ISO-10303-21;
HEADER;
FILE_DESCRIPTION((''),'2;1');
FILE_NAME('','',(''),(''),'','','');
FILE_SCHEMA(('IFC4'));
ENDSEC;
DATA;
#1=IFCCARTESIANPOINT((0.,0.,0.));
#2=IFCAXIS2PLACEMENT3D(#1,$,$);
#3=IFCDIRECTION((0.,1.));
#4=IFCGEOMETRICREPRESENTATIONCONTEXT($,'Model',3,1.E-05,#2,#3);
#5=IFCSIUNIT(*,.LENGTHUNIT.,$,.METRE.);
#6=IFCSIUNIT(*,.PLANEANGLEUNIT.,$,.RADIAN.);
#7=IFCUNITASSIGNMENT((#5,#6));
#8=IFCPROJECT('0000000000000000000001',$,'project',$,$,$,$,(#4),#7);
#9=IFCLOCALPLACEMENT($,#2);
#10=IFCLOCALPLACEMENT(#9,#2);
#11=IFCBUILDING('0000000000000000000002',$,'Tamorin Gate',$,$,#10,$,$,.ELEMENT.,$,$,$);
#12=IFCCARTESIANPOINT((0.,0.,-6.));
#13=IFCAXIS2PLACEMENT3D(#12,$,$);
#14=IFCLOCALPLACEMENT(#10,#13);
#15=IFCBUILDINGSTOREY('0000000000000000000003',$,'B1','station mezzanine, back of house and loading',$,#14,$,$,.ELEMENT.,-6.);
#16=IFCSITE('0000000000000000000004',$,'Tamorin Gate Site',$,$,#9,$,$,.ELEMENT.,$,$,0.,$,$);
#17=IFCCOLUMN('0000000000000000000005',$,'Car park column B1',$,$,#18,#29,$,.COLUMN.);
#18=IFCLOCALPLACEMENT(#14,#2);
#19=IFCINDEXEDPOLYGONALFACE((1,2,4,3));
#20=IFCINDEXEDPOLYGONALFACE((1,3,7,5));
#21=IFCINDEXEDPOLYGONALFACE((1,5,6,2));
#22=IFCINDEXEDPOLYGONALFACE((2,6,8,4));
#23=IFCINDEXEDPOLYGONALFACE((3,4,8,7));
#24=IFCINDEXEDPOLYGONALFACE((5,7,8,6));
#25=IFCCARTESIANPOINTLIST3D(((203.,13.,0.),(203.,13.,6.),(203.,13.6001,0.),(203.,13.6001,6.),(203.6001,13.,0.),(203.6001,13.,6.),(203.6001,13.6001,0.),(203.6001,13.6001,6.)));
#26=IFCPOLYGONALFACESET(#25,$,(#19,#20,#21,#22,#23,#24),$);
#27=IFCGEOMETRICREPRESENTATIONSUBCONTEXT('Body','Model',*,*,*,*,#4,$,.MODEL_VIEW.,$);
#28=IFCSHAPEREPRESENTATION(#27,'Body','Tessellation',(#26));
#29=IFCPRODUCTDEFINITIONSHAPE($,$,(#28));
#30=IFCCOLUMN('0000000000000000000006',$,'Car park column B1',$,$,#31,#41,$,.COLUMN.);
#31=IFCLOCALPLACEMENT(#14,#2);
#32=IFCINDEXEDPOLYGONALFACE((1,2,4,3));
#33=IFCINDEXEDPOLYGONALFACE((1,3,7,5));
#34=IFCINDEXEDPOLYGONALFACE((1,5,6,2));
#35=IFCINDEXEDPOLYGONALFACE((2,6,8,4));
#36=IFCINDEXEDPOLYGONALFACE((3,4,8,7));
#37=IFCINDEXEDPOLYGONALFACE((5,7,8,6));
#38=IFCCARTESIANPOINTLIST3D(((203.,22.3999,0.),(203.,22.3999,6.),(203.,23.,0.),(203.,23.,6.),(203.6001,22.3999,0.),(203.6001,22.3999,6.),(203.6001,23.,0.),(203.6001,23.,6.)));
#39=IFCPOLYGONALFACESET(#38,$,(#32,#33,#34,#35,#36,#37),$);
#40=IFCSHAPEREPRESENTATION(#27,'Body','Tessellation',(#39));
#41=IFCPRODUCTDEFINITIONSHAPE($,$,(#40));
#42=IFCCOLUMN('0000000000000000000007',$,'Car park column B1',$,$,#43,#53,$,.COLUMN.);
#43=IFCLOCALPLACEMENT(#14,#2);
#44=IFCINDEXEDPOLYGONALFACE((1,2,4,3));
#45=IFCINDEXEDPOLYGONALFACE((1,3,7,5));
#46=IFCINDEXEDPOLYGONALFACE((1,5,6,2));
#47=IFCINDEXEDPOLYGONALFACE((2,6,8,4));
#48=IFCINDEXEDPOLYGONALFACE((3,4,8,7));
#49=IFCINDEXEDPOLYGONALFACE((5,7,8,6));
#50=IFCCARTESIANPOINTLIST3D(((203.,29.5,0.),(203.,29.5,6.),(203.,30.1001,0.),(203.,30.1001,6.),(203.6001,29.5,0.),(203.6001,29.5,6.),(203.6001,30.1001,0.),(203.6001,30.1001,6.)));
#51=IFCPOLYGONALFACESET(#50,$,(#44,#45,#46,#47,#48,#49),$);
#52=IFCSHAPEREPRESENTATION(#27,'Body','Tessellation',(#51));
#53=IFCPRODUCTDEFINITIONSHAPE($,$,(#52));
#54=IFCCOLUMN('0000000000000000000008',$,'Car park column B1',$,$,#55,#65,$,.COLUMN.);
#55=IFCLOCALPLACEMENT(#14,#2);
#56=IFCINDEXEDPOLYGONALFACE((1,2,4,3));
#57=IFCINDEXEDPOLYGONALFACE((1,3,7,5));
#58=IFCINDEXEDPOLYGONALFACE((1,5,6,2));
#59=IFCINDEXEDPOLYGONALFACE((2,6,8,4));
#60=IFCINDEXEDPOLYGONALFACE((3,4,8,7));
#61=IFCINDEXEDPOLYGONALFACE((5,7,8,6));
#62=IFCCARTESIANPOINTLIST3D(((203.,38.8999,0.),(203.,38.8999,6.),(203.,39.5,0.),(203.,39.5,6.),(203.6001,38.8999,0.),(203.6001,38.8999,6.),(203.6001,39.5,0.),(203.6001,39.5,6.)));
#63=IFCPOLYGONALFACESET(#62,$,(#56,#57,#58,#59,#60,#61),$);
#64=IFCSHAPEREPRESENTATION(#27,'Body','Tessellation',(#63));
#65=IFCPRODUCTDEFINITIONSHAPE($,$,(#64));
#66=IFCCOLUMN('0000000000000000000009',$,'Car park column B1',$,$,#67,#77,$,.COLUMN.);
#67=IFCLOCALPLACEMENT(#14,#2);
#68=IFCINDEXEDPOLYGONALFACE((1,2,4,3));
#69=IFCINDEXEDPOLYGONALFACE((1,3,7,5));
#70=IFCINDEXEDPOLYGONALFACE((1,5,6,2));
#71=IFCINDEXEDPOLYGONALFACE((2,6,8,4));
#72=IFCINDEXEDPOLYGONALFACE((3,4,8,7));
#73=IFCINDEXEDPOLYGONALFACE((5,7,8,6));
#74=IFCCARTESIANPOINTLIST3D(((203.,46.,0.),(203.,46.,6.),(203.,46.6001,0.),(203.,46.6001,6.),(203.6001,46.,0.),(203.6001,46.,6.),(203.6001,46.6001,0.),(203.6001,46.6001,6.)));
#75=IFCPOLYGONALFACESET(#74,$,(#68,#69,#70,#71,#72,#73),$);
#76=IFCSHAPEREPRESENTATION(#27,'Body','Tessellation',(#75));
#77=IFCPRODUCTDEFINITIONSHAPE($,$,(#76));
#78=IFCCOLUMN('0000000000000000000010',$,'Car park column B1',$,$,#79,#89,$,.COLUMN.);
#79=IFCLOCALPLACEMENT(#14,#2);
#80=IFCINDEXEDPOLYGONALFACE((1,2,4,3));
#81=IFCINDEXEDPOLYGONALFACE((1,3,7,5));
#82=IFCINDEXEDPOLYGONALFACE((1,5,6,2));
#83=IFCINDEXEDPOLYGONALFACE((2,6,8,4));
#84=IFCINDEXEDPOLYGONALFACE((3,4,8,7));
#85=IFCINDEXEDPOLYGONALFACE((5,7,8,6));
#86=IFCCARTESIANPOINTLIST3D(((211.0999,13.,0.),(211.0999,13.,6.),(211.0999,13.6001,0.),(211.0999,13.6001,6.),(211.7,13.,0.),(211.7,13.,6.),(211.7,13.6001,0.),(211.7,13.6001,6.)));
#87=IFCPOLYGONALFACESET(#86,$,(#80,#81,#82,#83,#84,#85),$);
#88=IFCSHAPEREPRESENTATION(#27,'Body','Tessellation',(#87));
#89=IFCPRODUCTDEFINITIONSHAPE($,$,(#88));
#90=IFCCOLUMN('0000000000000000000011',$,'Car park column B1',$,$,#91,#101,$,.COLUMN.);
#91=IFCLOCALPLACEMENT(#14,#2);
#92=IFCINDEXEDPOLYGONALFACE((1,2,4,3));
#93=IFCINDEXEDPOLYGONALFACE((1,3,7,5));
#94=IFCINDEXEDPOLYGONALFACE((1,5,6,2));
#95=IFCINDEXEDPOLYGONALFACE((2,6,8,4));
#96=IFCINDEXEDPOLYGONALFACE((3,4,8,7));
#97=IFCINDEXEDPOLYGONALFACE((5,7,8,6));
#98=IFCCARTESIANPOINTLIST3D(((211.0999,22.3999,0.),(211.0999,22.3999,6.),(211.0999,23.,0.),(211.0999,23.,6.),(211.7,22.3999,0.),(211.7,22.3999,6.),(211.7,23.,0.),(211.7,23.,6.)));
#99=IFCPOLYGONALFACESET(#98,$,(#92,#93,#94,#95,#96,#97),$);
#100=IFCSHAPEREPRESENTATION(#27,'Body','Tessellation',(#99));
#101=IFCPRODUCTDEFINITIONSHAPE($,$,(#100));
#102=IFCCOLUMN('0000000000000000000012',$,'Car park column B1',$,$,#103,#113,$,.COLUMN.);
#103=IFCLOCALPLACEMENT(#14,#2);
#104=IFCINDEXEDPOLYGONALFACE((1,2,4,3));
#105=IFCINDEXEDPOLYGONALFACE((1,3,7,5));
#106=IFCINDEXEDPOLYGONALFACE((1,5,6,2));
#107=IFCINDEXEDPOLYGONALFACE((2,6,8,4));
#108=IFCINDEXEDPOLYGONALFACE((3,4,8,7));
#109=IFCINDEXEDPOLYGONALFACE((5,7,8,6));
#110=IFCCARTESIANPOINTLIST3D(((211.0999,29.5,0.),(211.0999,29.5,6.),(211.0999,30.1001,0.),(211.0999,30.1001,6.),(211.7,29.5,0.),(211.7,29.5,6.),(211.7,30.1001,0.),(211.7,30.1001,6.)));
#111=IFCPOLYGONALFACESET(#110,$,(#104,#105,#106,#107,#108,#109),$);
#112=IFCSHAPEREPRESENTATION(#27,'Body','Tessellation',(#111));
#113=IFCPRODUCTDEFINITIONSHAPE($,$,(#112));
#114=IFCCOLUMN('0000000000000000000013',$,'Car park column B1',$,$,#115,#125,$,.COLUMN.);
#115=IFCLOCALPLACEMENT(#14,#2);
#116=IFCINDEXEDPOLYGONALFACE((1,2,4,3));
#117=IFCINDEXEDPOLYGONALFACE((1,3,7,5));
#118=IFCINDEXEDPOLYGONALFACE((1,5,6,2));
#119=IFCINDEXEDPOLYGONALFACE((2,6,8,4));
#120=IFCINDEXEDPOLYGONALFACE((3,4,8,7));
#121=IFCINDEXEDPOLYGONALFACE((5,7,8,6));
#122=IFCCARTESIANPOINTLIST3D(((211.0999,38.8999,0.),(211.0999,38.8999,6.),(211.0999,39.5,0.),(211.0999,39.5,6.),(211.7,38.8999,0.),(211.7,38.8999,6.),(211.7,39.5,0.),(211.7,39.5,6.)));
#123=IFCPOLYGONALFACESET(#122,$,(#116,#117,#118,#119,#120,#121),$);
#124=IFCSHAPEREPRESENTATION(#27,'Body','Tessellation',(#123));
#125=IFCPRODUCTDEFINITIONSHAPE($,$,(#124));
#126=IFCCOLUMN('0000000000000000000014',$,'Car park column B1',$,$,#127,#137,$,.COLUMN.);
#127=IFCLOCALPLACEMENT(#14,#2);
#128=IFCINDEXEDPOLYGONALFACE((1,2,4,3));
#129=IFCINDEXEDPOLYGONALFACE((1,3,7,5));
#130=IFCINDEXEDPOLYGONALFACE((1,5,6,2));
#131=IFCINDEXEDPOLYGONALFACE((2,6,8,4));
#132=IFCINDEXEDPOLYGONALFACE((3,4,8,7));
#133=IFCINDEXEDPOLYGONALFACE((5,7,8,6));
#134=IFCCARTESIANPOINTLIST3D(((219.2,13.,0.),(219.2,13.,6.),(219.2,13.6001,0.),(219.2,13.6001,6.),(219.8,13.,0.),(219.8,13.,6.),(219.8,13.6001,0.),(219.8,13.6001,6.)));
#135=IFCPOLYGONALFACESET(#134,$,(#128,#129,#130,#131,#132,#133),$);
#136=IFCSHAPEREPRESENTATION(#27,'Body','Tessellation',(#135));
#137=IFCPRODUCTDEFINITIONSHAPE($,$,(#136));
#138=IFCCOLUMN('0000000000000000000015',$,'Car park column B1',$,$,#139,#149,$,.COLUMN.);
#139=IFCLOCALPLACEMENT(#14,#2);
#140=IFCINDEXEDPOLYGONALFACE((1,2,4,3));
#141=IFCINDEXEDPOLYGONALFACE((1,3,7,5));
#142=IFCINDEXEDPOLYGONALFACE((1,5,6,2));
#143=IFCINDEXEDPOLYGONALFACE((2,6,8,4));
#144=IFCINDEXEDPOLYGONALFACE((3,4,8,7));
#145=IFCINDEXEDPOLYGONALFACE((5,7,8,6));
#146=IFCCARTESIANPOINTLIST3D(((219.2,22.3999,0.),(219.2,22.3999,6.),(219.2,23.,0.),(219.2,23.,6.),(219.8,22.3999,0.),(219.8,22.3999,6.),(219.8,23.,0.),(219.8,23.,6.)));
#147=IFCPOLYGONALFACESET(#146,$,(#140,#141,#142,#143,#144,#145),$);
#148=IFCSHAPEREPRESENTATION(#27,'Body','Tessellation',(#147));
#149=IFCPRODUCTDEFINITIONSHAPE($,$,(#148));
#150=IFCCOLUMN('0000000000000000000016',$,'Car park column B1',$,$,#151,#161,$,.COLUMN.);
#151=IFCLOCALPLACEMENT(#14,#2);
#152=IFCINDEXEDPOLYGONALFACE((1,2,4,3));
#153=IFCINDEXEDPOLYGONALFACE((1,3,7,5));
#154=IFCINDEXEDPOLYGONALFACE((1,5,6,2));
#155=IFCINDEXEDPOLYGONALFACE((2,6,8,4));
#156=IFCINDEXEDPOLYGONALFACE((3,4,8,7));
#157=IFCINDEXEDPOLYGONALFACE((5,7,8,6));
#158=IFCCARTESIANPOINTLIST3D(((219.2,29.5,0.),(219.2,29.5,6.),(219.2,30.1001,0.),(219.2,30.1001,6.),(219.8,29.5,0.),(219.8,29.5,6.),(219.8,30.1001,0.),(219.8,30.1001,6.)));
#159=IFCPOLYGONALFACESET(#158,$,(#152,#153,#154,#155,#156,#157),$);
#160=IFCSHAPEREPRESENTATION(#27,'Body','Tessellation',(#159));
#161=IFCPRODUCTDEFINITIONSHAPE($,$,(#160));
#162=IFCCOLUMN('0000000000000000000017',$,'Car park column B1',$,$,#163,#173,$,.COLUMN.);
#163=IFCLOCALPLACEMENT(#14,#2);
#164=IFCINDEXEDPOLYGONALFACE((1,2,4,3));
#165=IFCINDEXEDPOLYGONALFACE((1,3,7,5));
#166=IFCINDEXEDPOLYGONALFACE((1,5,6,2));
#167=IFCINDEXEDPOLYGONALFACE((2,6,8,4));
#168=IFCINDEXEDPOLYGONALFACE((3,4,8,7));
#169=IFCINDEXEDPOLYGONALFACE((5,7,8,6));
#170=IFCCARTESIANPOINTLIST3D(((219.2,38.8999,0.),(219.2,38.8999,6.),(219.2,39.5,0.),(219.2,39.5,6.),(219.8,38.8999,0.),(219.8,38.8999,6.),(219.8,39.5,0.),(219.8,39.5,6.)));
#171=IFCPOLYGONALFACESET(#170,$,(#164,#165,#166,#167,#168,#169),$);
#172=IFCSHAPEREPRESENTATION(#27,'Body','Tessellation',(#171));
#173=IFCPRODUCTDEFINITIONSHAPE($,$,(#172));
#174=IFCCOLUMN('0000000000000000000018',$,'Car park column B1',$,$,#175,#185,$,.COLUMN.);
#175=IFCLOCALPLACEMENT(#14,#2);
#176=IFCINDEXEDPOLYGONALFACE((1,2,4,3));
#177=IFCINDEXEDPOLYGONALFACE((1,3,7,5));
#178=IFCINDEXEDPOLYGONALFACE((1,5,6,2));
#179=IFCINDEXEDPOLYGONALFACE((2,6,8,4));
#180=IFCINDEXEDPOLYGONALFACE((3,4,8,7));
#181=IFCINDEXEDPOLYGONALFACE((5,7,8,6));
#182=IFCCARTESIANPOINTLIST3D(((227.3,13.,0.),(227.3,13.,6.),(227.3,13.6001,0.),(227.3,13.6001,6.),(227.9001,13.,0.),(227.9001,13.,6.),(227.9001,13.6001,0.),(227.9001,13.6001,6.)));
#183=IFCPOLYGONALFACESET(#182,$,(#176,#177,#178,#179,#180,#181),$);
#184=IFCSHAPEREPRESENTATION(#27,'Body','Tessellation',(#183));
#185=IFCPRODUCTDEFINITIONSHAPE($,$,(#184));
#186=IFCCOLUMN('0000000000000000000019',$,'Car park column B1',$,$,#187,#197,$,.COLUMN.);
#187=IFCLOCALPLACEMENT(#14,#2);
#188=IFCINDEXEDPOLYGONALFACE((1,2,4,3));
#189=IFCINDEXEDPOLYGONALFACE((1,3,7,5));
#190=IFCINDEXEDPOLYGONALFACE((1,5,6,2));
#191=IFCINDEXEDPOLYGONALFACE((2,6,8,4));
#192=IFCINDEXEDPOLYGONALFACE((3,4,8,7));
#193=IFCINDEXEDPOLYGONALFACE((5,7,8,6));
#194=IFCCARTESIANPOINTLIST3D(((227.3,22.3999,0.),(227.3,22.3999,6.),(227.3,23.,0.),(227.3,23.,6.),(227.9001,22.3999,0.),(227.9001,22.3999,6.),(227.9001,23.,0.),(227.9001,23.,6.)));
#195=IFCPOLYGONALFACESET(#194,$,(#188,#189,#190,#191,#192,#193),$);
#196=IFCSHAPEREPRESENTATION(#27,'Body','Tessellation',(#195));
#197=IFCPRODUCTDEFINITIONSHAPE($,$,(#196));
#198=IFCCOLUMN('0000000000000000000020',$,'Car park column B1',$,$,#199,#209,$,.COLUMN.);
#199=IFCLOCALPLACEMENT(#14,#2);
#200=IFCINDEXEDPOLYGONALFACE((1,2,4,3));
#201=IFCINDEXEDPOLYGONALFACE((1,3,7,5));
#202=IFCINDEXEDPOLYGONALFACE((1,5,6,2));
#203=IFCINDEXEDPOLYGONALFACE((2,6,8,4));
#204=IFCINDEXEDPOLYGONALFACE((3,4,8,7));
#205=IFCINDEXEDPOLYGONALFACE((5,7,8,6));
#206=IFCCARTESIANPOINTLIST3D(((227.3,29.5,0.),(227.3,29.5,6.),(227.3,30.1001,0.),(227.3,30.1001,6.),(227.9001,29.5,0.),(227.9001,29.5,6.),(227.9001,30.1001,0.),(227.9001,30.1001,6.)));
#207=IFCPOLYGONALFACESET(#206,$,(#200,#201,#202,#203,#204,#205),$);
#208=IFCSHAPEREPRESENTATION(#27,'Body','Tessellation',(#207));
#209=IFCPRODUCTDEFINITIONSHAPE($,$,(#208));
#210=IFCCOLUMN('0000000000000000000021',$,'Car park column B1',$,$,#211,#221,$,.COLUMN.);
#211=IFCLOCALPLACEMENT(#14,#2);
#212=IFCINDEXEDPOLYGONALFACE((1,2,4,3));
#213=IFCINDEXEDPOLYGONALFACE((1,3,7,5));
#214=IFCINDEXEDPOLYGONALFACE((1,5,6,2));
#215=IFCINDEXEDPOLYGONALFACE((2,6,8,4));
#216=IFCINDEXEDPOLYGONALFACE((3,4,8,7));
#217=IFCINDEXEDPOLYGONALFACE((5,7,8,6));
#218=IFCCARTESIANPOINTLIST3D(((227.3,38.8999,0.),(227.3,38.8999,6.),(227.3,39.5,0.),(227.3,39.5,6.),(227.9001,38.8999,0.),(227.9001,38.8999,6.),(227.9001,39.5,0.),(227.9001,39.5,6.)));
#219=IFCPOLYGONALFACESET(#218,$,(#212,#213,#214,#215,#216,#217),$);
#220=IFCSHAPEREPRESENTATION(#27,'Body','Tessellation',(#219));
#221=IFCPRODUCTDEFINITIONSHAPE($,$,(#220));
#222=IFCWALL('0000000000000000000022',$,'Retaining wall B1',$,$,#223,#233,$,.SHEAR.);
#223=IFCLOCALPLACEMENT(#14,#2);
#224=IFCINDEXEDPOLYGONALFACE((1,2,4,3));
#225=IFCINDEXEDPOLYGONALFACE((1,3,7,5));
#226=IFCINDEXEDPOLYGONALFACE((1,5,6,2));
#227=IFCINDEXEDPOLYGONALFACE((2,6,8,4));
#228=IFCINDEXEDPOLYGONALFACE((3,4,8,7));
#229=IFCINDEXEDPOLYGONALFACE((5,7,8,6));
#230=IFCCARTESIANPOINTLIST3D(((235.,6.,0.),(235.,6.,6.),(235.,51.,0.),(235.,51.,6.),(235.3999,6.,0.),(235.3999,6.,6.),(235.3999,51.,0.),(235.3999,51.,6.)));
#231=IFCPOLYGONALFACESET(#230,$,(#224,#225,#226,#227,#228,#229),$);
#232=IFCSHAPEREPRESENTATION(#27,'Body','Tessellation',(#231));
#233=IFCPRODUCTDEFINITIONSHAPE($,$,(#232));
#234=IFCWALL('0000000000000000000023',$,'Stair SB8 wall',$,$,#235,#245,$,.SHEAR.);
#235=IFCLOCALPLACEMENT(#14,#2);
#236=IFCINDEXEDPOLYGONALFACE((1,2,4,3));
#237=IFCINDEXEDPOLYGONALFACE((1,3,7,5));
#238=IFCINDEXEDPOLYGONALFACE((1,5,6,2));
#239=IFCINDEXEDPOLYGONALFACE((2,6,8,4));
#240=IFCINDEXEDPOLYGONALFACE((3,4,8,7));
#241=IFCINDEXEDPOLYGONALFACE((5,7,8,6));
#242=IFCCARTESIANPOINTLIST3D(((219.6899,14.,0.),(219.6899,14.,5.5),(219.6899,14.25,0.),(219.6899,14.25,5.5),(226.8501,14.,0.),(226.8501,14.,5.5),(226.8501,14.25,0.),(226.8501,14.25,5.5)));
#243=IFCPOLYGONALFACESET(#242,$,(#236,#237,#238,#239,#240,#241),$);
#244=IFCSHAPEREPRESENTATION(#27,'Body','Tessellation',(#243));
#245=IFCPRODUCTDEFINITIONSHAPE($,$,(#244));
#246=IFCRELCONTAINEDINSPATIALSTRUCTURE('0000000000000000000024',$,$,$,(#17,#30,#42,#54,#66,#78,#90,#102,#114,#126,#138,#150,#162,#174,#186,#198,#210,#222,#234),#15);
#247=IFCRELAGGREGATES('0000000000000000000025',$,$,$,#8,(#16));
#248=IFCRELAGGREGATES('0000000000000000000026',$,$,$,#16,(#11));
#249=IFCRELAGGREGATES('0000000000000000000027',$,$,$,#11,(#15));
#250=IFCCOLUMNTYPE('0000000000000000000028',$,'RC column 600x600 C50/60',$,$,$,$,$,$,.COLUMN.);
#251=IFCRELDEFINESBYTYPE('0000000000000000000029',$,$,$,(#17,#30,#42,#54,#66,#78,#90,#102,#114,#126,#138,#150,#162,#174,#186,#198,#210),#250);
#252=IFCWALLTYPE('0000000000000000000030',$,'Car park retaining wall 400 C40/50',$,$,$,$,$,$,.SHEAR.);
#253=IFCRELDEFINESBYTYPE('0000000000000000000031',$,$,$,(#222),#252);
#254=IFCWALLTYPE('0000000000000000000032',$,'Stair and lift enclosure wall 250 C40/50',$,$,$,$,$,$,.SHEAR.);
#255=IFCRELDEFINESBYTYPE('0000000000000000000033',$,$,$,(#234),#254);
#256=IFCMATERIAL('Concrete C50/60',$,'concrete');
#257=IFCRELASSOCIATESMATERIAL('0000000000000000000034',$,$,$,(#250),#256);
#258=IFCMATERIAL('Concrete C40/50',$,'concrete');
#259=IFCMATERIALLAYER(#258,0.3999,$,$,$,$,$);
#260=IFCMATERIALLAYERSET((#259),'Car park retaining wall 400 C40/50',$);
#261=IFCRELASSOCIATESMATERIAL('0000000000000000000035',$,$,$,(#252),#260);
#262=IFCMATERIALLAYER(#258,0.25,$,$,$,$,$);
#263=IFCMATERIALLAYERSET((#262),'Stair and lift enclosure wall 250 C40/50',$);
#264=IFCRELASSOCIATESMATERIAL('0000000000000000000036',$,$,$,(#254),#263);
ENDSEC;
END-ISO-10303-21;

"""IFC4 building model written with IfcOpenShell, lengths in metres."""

from ifc_helpers import new_model, si_unit, direction, frame, frame_2d, origin, origin_2d, place, context, subcontext, project, spatial, rectangle, extrude, material, layer, layer_set, material_profile, profile_set, type_object, element, save


model = new_model("IFC4")

# Units and contexts
model_context = context("Model", 3, precision=1e-05, world=origin(), true_north=direction((0.0, 1.0)))
body_context = subcontext(model_context, "Body", "Model", "MODEL_VIEW")
ifc_project = project(units=[si_unit("LENGTHUNIT", "METRE"), si_unit("PLANEANGLEUNIT", "RADIAN")], contexts=[model_context])

# Site, building, storey
site_placement = place(None, origin())
site = spatial("IfcSite", under=ifc_project, at=site_placement, Name="Tamorin Gate Site", CompositionType="ELEMENT", RefElevation=0.0)
building_placement = place(site_placement, origin())
building = spatial("IfcBuilding", under=site, at=building_placement, Name="Tamorin Gate", CompositionType="ELEMENT")
storey_placement = place(building_placement, frame((0.0, 0.0, -6.0)))
storey = spatial("IfcBuildingStorey", under=building, at=storey_placement, Name="B1", Description="station mezzanine, back of house and loading", CompositionType="ELEMENT", Elevation=-6.0)

# Columns
ifc_material_1 = material(Name="Concrete C50/60", Category="concrete")
ifc_material_profile = material_profile(ifc_material_1, rectangle(XDim=0.6001, YDim=0.6001, at=origin_2d()))
ifc_profile_set = profile_set([ifc_material_profile], Name="Concrete C50/60")
column_type = type_object("IfcColumnType", Name="RC column 600x600 C50/60", PredefinedType="COLUMN", material=ifc_profile_set)
for number, where, z_axis, x_axis, name in (
    (1, (203.3, 13.3, 0.0), (0.0, 0.0, 1.0), (1.0, 0.0, 0.0), "Car park column B1"),
    (2, (203.3, 22.7, 0.0), (0.0, 0.0, 1.0), (1.0, 0.0, 0.0), "Car park column B1"),
    (3, (203.3, 29.8, 0.0), (0.0, 0.0, 1.0), (1.0, 0.0, 0.0), "Car park column B1"),
    (4, (203.3, 39.2, 0.0), (0.0, 0.0, 1.0), (1.0, 0.0, 0.0), "Car park column B1"),
    (5, (203.3, 46.3, 0.0), (0.0, 0.0, 1.0), (1.0, 0.0, 0.0), "Car park column B1"),
    (6, (211.3999, 13.3, 0.0), (0.0, 0.0, 1.0), (1.0, 0.0, 0.0), "Car park column B1"),
    (7, (211.3999, 22.7, 0.0), (0.0, 0.0, 1.0), (1.0, 0.0, 0.0), "Car park column B1"),
    (8, (211.3999, 29.8, 0.0), (0.0, 0.0, 1.0), (1.0, 0.0, 0.0), "Car park column B1"),
    (9, (211.3999, 39.2, 0.0), (0.0, 0.0, 1.0), (1.0, 0.0, 0.0), "Car park column B1"),
    (10, (219.5, 13.3, 0.0), (0.0, 0.0, 1.0), (1.0, 0.0, 0.0), "Car park column B1"),
    (11, (219.5, 22.7, 0.0), (0.0, 0.0, 1.0), (1.0, 0.0, 0.0), "Car park column B1"),
    (12, (219.5, 29.8, 0.0), (0.0, 0.0, 1.0), (1.0, 0.0, 0.0), "Car park column B1"),
    (13, (219.5, 39.2, 0.0), (0.0, 0.0, 1.0), (1.0, 0.0, 0.0), "Car park column B1"),
    (14, (227.6001, 13.3, 0.0), (0.0, 0.0, 1.0), (1.0, 0.0, 0.0), "Car park column B1"),
    (15, (227.6001, 22.7, 0.0), (0.0, 0.0, 1.0), (1.0, 0.0, 0.0), "Car park column B1"),
    (16, (227.6001, 29.8, 0.0), (0.0, 0.0, 1.0), (1.0, 0.0, 0.0), "Car park column B1"),
    (17, (227.6001, 39.2, 0.0), (0.0, 0.0, 1.0), (1.0, 0.0, 0.0), "Car park column B1"),
):
    element("IfcColumn", number, at=place(storey_placement, frame(where, z_axis=z_axis, x_axis=x_axis)), inside=storey, type_object=column_type, Name=name, PredefinedType="COLUMN", context=body_context, shape_type="SweptSolid", body=[
        extrude(rectangle(XDim=0.6001, YDim=0.6001, at=origin_2d()), origin(), (0.0, 0.0, 1.0), 6.0),
    ])

# Walls
ifc_material_2 = material(Name="Concrete C40/50", Category="concrete")
ifc_layer_1 = layer(ifc_material_2, 0.3999)
ifc_layer_set_1 = layer_set([ifc_layer_1], Name="Car park retaining wall 400 C40/50")
wall_type_1 = type_object("IfcWallType", Name="Car park retaining wall 400 C40/50", PredefinedType="SHEAR", material=ifc_layer_set_1)
wall_1_placement = place(storey_placement, frame((235.2, 6.0, 0.0), z_axis=(0.0, 0.0, 1.0), x_axis=(0.0, 1.0, 0.0)))
element("IfcWall", 18, at=wall_1_placement, inside=storey, type_object=wall_type_1, Name="Retaining wall B1", PredefinedType="SHEAR", context=body_context, shape_type="SweptSolid", body=[
    extrude(rectangle(XDim=45.0, YDim=0.3999, at=frame_2d((22.5, 0.0))), origin(), (0.0, 0.0, 1.0), 6.0),
])
ifc_layer_2 = layer(ifc_material_2, 0.25)
ifc_layer_set_2 = layer_set([ifc_layer_2], Name="Stair and lift enclosure wall 250 C40/50")
wall_type_2 = type_object("IfcWallType", Name="Stair and lift enclosure wall 250 C40/50", PredefinedType="SHEAR", material=ifc_layer_set_2)
for number, where, z_axis, x_axis, name in (
    (19, (219.6899, 14.125, 0.0), (0.0, 0.0, 1.0), (1.0, 0.0, 0.0), "Stair SB8 wall"),
):
    element("IfcWall", number, at=place(storey_placement, frame(where, z_axis=z_axis, x_axis=x_axis)), inside=storey, type_object=wall_type_2, Name=name, PredefinedType="SHEAR", context=body_context, shape_type="SweptSolid", body=[
        extrude(rectangle(XDim=7.1602, YDim=0.25, at=frame_2d((3.5801, 0.0))), origin(), (0.0, 0.0, 1.0), 5.5),
    ])

save(model, "model.ifc")
